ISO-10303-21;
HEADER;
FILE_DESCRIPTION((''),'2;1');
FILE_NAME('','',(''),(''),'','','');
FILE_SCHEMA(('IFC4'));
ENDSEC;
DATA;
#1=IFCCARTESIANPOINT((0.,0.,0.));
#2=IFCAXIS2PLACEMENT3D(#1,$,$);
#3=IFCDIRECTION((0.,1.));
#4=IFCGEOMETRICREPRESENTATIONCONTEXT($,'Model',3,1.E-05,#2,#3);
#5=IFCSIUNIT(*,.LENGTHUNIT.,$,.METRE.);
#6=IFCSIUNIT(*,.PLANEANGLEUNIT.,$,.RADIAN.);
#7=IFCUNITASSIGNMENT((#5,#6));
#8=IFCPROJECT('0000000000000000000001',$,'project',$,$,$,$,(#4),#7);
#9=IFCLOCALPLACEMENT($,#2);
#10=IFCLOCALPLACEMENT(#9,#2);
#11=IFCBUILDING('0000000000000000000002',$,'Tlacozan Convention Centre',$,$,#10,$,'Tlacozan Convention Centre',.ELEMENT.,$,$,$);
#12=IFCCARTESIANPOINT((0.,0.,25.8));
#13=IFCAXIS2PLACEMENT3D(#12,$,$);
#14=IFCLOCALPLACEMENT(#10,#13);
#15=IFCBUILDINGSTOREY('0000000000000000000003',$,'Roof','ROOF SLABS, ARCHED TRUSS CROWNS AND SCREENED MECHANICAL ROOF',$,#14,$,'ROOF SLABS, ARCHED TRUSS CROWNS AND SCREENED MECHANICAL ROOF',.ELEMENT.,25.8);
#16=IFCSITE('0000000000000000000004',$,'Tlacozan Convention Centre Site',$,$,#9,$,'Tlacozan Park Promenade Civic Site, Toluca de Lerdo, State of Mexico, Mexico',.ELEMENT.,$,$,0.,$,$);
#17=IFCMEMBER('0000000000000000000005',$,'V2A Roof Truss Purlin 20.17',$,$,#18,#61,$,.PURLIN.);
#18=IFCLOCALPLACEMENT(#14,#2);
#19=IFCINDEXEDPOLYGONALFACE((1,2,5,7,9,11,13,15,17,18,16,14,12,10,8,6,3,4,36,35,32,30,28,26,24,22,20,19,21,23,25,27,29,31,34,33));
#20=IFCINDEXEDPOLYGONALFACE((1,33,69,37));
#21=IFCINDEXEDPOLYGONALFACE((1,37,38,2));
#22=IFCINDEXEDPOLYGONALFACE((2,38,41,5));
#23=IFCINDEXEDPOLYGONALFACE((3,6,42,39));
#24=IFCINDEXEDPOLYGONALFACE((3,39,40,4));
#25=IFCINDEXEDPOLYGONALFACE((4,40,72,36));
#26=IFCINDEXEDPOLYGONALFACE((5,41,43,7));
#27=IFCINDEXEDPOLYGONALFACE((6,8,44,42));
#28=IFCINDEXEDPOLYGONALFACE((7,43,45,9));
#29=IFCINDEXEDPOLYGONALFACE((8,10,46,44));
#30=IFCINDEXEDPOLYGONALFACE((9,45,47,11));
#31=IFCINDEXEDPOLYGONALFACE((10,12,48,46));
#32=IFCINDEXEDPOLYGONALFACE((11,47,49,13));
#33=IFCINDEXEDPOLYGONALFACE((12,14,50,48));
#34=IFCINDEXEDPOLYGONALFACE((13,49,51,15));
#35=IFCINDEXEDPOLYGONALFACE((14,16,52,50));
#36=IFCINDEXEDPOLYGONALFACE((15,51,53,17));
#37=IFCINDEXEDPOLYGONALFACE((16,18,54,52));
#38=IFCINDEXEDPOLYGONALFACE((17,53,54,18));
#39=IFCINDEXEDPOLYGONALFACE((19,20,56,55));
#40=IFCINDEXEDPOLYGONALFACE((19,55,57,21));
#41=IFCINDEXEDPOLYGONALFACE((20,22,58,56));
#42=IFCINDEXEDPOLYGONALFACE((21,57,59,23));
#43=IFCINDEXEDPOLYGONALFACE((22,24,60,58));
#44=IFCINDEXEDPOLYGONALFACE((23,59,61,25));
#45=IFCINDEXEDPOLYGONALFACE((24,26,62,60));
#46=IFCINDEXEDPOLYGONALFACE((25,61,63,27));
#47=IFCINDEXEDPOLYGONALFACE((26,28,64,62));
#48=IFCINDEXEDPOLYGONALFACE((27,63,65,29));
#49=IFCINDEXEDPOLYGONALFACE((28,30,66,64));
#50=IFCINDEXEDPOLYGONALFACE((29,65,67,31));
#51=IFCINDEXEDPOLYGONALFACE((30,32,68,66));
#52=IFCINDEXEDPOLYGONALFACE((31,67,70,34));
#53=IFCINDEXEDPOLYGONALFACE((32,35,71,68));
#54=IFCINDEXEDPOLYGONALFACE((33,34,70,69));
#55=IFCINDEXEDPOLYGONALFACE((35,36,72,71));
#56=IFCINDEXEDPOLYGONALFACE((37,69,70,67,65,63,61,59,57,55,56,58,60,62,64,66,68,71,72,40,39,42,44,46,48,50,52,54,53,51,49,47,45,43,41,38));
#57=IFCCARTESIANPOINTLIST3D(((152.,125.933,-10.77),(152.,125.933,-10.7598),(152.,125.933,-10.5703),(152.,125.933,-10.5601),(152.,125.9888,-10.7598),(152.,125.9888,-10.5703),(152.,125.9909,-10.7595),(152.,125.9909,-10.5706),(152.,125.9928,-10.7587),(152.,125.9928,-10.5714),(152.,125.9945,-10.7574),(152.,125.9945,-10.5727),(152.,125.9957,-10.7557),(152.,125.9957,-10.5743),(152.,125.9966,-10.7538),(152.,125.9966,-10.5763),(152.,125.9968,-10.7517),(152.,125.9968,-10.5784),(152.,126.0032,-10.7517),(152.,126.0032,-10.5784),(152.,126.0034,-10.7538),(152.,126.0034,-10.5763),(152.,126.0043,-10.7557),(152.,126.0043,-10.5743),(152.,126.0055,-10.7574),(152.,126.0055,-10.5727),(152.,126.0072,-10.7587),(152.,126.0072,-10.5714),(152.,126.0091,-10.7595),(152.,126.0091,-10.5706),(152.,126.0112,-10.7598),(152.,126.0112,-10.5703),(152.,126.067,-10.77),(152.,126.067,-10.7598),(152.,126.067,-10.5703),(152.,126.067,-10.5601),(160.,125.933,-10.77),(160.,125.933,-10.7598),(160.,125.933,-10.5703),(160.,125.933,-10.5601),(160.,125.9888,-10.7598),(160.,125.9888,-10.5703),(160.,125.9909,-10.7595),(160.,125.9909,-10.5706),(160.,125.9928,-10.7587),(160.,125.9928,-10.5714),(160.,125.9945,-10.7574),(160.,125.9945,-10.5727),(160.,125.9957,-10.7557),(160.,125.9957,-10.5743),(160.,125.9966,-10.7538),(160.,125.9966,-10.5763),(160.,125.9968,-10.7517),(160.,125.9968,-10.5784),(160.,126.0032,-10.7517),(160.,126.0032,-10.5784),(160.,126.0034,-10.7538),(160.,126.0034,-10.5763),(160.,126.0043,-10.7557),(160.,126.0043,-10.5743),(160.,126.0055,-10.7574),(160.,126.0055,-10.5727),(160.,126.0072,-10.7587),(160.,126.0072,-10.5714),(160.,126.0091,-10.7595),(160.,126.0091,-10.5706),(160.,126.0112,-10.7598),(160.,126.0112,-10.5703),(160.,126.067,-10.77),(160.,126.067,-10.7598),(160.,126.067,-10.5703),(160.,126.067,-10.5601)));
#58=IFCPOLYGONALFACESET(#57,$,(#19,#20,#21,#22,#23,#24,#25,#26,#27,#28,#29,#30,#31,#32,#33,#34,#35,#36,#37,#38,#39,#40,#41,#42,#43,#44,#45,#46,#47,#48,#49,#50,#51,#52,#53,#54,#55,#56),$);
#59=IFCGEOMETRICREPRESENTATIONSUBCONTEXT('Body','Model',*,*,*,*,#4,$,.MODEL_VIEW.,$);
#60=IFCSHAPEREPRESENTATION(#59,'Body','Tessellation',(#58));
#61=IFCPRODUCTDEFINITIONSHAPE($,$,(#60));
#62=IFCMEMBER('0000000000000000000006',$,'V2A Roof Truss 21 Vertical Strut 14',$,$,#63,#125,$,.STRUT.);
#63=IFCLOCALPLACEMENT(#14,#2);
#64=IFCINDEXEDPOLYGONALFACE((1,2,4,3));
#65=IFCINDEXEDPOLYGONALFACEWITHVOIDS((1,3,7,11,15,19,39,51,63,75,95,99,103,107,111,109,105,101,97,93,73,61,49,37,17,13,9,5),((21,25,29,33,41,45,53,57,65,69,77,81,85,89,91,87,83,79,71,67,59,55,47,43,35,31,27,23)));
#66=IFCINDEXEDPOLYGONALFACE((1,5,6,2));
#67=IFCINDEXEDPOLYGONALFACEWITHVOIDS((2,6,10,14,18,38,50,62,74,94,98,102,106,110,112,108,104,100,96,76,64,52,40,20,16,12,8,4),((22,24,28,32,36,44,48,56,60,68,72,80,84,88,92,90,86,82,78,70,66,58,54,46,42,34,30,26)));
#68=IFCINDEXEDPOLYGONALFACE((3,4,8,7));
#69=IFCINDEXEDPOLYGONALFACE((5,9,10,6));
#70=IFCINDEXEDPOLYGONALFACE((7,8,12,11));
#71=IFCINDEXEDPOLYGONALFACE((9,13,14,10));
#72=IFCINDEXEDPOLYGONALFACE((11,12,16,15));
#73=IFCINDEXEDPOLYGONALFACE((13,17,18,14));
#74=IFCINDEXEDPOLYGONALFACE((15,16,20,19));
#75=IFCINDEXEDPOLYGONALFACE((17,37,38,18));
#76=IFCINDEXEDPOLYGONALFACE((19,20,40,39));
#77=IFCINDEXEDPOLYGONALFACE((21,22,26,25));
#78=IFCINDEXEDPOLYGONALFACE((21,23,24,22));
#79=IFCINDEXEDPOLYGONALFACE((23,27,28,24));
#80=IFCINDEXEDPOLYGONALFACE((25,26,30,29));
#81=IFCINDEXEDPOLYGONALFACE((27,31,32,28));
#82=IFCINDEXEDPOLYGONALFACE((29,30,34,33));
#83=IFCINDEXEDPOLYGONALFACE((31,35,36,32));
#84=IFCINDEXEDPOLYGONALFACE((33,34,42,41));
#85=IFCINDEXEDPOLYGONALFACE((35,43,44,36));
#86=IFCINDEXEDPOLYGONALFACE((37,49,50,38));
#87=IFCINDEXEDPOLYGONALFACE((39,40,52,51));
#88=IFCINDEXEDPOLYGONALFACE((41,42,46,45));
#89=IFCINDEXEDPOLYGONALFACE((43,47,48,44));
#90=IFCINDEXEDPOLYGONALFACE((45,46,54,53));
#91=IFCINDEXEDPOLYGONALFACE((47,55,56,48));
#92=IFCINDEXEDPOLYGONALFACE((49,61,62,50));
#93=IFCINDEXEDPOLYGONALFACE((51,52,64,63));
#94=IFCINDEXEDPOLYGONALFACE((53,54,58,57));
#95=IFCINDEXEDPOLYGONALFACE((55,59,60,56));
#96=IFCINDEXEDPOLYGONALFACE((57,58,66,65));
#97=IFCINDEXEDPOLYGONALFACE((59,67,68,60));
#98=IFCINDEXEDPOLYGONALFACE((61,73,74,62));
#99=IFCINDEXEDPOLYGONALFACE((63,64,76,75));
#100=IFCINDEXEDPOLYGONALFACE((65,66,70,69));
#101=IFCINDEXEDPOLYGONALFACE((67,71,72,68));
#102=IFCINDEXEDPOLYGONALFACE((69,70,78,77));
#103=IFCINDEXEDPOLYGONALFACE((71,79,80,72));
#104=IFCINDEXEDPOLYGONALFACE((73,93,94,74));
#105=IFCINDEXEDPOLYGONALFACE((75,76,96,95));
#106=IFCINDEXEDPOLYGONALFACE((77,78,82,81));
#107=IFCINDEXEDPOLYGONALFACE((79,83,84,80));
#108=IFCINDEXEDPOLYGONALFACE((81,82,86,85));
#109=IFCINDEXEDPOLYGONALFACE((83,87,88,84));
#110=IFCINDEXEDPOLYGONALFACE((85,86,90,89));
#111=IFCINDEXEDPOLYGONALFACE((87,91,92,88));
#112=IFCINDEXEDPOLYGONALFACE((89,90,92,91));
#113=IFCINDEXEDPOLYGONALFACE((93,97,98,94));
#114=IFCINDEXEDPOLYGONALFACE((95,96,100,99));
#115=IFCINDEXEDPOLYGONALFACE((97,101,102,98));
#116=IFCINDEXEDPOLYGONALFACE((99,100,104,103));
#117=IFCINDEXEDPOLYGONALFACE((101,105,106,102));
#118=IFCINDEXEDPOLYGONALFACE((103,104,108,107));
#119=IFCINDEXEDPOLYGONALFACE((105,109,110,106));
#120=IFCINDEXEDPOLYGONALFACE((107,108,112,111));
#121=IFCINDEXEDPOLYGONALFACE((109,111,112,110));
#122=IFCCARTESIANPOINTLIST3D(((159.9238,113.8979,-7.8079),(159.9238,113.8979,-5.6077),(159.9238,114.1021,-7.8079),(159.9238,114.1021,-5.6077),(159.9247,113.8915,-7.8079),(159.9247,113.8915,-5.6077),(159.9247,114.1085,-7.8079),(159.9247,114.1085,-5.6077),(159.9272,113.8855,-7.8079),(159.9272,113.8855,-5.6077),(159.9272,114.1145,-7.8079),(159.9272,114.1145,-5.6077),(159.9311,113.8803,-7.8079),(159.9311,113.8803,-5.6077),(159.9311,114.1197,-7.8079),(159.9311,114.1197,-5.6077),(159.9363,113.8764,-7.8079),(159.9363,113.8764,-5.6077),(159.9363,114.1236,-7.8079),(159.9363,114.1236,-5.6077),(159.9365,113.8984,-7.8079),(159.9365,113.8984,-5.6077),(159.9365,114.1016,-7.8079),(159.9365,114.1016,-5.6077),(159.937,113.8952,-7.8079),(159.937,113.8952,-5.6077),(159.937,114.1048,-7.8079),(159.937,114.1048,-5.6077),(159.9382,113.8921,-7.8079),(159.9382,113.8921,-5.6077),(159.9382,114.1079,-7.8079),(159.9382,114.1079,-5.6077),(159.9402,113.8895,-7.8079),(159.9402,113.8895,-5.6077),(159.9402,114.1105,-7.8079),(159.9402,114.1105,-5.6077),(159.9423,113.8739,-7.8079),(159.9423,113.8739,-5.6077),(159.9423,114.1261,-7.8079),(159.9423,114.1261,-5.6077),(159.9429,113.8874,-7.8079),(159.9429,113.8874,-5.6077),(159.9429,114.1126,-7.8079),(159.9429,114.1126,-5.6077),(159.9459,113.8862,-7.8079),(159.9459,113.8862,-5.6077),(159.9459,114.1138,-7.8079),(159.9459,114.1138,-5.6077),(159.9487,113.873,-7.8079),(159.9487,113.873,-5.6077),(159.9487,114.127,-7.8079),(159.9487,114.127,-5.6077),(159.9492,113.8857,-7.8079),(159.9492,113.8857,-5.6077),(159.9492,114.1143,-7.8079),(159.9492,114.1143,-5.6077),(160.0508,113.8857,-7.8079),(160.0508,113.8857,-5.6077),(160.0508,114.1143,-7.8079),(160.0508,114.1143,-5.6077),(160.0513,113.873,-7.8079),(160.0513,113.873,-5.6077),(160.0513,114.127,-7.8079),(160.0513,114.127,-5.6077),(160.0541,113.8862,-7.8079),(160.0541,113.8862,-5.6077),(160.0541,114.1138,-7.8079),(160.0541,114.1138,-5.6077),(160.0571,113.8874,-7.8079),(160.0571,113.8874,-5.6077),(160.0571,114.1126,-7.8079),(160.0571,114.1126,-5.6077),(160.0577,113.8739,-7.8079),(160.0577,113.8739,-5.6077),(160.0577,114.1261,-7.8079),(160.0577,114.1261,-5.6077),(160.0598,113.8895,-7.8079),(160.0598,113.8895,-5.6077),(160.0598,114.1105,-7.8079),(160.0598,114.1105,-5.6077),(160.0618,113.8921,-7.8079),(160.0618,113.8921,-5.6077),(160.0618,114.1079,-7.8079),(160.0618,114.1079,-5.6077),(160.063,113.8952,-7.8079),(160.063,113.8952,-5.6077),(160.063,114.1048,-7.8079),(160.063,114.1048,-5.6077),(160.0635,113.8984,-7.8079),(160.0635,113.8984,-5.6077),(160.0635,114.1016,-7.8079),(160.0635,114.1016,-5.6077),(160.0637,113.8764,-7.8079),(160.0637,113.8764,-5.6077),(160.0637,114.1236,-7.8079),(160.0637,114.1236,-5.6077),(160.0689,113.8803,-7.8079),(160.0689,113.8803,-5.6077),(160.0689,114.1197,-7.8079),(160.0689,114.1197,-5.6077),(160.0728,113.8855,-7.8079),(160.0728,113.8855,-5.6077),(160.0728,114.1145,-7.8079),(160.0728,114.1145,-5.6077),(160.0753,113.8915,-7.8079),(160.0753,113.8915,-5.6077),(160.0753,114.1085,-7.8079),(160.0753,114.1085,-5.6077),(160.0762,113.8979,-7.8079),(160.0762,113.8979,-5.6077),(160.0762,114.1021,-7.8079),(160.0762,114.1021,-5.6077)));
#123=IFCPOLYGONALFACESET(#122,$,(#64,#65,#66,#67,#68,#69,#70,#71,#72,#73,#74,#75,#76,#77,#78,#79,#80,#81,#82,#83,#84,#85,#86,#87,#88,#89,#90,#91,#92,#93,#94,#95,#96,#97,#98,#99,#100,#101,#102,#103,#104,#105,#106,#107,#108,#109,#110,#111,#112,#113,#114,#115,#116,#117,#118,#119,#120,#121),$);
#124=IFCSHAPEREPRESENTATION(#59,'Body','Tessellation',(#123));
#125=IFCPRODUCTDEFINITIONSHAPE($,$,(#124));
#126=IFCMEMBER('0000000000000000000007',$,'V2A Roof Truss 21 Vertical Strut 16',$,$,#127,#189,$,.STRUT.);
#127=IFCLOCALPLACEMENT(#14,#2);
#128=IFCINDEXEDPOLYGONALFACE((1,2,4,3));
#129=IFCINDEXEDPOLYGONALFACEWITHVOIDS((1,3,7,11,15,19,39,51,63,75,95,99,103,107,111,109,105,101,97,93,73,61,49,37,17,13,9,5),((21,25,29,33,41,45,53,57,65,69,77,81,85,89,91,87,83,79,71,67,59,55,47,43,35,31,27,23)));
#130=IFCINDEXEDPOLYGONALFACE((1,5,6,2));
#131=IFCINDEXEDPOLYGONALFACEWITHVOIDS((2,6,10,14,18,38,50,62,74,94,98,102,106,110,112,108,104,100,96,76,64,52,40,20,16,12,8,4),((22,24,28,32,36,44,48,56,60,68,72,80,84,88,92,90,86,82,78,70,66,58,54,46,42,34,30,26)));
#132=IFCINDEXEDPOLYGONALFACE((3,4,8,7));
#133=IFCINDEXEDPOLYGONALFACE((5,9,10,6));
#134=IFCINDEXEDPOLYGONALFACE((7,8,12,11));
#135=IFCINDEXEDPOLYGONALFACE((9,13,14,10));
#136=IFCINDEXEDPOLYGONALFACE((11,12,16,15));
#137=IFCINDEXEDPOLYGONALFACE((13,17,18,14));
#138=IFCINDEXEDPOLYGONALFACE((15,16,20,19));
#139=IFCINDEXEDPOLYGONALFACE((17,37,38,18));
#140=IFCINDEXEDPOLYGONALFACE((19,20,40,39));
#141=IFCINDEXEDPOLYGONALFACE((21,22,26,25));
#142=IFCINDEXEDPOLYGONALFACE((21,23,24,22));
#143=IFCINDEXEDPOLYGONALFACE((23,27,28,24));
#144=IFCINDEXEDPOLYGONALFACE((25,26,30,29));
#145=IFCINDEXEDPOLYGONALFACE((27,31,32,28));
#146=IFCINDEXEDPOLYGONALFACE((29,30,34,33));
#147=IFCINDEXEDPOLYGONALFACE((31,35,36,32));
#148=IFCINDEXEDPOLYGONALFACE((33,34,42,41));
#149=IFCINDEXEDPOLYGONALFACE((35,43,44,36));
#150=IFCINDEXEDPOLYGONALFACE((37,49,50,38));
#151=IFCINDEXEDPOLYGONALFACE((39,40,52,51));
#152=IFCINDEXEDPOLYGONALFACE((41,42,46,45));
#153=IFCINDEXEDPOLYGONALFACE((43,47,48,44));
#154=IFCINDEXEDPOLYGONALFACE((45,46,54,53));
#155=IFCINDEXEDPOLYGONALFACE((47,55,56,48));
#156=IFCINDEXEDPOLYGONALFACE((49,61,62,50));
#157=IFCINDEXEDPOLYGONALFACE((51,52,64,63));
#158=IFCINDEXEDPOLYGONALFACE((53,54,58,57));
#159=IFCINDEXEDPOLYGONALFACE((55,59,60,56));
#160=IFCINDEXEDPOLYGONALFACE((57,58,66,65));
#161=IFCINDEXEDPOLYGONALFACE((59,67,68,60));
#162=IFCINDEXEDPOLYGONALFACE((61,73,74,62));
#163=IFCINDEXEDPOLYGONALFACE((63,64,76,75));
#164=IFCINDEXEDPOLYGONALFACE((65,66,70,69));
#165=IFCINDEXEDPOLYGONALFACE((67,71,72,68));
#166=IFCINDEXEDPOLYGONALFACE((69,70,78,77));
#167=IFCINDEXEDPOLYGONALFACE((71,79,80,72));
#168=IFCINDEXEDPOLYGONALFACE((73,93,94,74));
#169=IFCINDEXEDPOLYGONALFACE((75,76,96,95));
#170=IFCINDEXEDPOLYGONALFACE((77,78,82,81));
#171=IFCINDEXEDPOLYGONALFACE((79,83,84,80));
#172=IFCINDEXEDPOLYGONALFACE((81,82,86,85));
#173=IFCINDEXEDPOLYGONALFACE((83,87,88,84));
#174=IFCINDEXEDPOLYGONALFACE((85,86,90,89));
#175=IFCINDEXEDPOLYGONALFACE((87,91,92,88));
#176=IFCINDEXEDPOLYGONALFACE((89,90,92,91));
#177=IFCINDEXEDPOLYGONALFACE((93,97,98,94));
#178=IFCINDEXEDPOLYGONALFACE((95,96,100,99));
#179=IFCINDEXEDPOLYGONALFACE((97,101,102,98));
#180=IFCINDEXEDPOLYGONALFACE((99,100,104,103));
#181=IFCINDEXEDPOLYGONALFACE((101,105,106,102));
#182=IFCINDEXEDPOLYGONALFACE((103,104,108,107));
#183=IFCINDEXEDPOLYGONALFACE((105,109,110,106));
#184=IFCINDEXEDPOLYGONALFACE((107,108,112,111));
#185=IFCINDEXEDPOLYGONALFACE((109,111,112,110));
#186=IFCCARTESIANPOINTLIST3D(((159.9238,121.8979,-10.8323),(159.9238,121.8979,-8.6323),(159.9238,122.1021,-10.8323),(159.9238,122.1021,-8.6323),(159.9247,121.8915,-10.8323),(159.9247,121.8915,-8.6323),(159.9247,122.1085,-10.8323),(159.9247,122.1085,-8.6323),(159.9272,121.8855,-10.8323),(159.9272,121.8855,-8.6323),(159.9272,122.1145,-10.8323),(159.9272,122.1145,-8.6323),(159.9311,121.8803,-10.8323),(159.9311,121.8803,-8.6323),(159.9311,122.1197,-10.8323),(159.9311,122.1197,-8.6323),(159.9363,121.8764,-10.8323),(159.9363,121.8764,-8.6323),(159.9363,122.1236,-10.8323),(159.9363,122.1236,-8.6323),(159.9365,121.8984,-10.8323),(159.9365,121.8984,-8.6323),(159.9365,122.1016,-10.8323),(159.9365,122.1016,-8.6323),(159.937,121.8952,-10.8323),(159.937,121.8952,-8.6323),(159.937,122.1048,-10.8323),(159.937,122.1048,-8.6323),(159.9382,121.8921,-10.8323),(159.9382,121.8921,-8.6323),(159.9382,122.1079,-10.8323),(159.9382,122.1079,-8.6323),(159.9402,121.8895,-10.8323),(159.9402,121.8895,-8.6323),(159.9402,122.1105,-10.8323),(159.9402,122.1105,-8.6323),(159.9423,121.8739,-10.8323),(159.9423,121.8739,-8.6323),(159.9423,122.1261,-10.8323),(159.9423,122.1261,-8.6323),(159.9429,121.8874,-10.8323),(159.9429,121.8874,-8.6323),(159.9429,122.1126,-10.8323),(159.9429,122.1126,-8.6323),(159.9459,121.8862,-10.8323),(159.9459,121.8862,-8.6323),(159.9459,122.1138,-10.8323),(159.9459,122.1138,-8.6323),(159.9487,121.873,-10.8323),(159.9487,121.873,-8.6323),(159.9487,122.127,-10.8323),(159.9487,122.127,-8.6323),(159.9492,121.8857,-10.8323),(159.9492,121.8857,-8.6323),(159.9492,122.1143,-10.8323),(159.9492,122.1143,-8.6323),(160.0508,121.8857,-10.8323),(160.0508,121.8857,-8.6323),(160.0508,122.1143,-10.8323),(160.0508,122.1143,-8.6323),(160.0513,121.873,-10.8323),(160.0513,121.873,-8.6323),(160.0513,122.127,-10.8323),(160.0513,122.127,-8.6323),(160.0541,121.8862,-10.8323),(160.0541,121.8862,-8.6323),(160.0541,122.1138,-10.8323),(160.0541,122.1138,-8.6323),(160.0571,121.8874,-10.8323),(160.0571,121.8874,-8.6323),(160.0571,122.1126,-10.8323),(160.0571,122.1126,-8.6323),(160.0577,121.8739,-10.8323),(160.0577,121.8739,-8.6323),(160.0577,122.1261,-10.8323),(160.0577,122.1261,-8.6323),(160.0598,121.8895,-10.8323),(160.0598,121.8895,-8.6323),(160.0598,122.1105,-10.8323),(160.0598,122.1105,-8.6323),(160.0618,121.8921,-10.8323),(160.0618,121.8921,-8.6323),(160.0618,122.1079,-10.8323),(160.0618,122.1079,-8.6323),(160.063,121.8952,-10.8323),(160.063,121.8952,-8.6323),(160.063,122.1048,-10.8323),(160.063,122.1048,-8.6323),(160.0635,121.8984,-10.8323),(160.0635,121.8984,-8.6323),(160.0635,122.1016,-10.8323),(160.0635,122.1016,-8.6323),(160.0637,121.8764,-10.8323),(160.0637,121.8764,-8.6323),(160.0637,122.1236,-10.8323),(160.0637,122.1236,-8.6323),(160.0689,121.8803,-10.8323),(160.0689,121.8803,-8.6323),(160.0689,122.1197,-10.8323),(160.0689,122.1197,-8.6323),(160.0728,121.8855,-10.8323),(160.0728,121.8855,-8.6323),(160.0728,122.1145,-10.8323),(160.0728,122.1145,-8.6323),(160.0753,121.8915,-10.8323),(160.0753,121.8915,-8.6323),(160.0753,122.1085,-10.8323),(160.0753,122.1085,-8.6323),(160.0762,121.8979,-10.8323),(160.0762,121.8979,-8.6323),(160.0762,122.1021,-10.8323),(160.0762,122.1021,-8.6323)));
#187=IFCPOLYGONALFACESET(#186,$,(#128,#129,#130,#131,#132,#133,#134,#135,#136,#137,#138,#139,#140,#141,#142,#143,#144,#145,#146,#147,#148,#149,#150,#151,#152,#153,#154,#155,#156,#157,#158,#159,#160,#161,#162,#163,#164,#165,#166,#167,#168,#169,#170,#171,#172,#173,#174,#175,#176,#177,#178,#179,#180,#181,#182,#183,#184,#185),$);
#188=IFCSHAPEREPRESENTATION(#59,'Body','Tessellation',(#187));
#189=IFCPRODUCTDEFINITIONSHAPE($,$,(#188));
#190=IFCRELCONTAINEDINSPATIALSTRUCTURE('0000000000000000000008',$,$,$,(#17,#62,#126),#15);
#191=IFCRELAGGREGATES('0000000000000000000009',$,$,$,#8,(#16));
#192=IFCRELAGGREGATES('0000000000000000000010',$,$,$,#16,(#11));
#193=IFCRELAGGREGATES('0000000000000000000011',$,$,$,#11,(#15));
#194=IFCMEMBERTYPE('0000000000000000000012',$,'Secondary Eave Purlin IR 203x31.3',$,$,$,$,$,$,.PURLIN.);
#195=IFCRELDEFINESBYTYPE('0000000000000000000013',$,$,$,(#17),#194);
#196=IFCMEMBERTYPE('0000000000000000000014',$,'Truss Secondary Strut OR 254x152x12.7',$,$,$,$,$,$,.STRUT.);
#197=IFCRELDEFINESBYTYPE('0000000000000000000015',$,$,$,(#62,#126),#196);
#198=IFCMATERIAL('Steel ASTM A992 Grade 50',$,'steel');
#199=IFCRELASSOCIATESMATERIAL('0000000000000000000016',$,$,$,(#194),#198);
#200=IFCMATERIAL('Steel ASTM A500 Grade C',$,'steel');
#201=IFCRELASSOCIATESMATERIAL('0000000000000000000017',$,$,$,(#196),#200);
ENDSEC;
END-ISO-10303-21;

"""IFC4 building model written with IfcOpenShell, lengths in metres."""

from ifc_helpers import new_model, si_unit, direction, frame, origin, origin_2d, place, context, subcontext, project, spatial, hollow_rectangle, i_section, extrude, material, material_profile, profile_set, type_object, element, save


model = new_model("IFC4")

# Units and contexts
model_context = context("Model", 3, precision=1e-05, world=origin(), true_north=direction((0.0, 1.0)))
body_context = subcontext(model_context, "Body", "Model", "MODEL_VIEW")
ifc_project = project(units=[si_unit("LENGTHUNIT", "METRE"), si_unit("PLANEANGLEUNIT", "RADIAN")], contexts=[model_context])

# Site, building, storey
site_placement = place(None, origin())
site = spatial("IfcSite", under=ifc_project, at=site_placement, Name="Tlacozan Convention Centre Site", LongName="Tlacozan Park Promenade Civic Site, Toluca de Lerdo, State of Mexico, Mexico", CompositionType="ELEMENT", RefElevation=0.0)
building_placement = place(site_placement, origin())
building = spatial("IfcBuilding", under=site, at=building_placement, Name="Tlacozan Convention Centre", LongName="Tlacozan Convention Centre", CompositionType="ELEMENT")
storey_placement = place(building_placement, frame((0.0, 0.0, 25.8)))
storey = spatial("IfcBuildingStorey", under=building, at=storey_placement, Name="Roof", Description="ROOF SLABS, ARCHED TRUSS CROWNS AND SCREENED MECHANICAL ROOF", LongName="ROOF SLABS, ARCHED TRUSS CROWNS AND SCREENED MECHANICAL ROOF", CompositionType="ELEMENT", Elevation=25.8)

# Members
ifc_material_1 = material(Name="Steel ASTM A500 Grade C", Category="steel")
ifc_material_2 = material(Name="Steel ASTM A992 Grade 50", Category="steel")
ifc_material_profile_1 = material_profile(ifc_material_2, i_section(OverallWidth=0.134, OverallDepth=0.21, WebThickness=0.0063, FlangeThickness=0.0103, FilletRadius=0.0081, at=origin_2d()), Name="IR 203x31.3")
ifc_profile_set_1 = profile_set([ifc_material_profile_1], Name="Steel ASTM A992 Grade 50")
member_type_1 = type_object("IfcMemberType", Name="Secondary Eave Purlin IR 203x31.3", PredefinedType="PURLIN", material=ifc_profile_set_1)
member_1_placement = place(storey_placement, frame((152.0, 126.0, -10.665), z_axis=(1.0, 0.0, 0.0), x_axis=(0.0, 1.0, 0.0)))
element("IfcMember", 1, at=member_1_placement, inside=storey, type_object=member_type_1, Name="V2A Roof Truss Purlin 20.17", PredefinedType="PURLIN", context=body_context, shape_type="SweptSolid", body=[
    extrude(i_section(OverallWidth=0.134, OverallDepth=0.21, WebThickness=0.0063, FlangeThickness=0.0103, FilletRadius=0.0081, at=origin_2d()), origin(), (0.0, 0.0, 1.0), 8.0),
])
ifc_material_profile_2 = material_profile(ifc_material_1, hollow_rectangle(XDim=0.1523, YDim=0.2539, WallThickness=0.0127, InnerFilletRadius=0.0127, OuterFilletRadius=0.0249, at=origin_2d()), Name="OR 254x152x12.7")
ifc_profile_set_2 = profile_set([ifc_material_profile_2], Name="Steel ASTM A500 Grade C")
member_type_2 = type_object("IfcMemberType", Name="Truss Secondary Strut OR 254x152x12.7", PredefinedType="STRUT", material=ifc_profile_set_2)
member_2_placement = place(storey_placement, frame((160.0, 114.0, -7.8079), z_axis=(0.0, 0.0, 1.0), x_axis=(1.0, 0.0, 0.0)))
element("IfcMember", 2, at=member_2_placement, inside=storey, type_object=member_type_2, Name="V2A Roof Truss 21 Vertical Strut 14", PredefinedType="STRUT", context=body_context, shape_type="SweptSolid", body=[
    extrude(hollow_rectangle(XDim=0.1523, YDim=0.2539, WallThickness=0.0127, InnerFilletRadius=0.0127, OuterFilletRadius=0.0249, at=origin_2d()), origin(), (0.0, 0.0, 1.0), 2.2002),
])
member_3_placement = place(storey_placement, frame((160.0, 122.0, -10.8323), z_axis=(0.0, 0.0, 1.0), x_axis=(1.0, 0.0, 0.0)))
element("IfcMember", 3, at=member_3_placement, inside=storey, type_object=member_type_2, Name="V2A Roof Truss 21 Vertical Strut 16", PredefinedType="STRUT", context=body_context, shape_type="SweptSolid", body=[
    extrude(hollow_rectangle(XDim=0.1523, YDim=0.2539, WallThickness=0.0127, InnerFilletRadius=0.0127, OuterFilletRadius=0.0249, at=origin_2d()), origin(), (0.0, 0.0, 1.0), 2.2),
])

save(model, "model.ifc")
